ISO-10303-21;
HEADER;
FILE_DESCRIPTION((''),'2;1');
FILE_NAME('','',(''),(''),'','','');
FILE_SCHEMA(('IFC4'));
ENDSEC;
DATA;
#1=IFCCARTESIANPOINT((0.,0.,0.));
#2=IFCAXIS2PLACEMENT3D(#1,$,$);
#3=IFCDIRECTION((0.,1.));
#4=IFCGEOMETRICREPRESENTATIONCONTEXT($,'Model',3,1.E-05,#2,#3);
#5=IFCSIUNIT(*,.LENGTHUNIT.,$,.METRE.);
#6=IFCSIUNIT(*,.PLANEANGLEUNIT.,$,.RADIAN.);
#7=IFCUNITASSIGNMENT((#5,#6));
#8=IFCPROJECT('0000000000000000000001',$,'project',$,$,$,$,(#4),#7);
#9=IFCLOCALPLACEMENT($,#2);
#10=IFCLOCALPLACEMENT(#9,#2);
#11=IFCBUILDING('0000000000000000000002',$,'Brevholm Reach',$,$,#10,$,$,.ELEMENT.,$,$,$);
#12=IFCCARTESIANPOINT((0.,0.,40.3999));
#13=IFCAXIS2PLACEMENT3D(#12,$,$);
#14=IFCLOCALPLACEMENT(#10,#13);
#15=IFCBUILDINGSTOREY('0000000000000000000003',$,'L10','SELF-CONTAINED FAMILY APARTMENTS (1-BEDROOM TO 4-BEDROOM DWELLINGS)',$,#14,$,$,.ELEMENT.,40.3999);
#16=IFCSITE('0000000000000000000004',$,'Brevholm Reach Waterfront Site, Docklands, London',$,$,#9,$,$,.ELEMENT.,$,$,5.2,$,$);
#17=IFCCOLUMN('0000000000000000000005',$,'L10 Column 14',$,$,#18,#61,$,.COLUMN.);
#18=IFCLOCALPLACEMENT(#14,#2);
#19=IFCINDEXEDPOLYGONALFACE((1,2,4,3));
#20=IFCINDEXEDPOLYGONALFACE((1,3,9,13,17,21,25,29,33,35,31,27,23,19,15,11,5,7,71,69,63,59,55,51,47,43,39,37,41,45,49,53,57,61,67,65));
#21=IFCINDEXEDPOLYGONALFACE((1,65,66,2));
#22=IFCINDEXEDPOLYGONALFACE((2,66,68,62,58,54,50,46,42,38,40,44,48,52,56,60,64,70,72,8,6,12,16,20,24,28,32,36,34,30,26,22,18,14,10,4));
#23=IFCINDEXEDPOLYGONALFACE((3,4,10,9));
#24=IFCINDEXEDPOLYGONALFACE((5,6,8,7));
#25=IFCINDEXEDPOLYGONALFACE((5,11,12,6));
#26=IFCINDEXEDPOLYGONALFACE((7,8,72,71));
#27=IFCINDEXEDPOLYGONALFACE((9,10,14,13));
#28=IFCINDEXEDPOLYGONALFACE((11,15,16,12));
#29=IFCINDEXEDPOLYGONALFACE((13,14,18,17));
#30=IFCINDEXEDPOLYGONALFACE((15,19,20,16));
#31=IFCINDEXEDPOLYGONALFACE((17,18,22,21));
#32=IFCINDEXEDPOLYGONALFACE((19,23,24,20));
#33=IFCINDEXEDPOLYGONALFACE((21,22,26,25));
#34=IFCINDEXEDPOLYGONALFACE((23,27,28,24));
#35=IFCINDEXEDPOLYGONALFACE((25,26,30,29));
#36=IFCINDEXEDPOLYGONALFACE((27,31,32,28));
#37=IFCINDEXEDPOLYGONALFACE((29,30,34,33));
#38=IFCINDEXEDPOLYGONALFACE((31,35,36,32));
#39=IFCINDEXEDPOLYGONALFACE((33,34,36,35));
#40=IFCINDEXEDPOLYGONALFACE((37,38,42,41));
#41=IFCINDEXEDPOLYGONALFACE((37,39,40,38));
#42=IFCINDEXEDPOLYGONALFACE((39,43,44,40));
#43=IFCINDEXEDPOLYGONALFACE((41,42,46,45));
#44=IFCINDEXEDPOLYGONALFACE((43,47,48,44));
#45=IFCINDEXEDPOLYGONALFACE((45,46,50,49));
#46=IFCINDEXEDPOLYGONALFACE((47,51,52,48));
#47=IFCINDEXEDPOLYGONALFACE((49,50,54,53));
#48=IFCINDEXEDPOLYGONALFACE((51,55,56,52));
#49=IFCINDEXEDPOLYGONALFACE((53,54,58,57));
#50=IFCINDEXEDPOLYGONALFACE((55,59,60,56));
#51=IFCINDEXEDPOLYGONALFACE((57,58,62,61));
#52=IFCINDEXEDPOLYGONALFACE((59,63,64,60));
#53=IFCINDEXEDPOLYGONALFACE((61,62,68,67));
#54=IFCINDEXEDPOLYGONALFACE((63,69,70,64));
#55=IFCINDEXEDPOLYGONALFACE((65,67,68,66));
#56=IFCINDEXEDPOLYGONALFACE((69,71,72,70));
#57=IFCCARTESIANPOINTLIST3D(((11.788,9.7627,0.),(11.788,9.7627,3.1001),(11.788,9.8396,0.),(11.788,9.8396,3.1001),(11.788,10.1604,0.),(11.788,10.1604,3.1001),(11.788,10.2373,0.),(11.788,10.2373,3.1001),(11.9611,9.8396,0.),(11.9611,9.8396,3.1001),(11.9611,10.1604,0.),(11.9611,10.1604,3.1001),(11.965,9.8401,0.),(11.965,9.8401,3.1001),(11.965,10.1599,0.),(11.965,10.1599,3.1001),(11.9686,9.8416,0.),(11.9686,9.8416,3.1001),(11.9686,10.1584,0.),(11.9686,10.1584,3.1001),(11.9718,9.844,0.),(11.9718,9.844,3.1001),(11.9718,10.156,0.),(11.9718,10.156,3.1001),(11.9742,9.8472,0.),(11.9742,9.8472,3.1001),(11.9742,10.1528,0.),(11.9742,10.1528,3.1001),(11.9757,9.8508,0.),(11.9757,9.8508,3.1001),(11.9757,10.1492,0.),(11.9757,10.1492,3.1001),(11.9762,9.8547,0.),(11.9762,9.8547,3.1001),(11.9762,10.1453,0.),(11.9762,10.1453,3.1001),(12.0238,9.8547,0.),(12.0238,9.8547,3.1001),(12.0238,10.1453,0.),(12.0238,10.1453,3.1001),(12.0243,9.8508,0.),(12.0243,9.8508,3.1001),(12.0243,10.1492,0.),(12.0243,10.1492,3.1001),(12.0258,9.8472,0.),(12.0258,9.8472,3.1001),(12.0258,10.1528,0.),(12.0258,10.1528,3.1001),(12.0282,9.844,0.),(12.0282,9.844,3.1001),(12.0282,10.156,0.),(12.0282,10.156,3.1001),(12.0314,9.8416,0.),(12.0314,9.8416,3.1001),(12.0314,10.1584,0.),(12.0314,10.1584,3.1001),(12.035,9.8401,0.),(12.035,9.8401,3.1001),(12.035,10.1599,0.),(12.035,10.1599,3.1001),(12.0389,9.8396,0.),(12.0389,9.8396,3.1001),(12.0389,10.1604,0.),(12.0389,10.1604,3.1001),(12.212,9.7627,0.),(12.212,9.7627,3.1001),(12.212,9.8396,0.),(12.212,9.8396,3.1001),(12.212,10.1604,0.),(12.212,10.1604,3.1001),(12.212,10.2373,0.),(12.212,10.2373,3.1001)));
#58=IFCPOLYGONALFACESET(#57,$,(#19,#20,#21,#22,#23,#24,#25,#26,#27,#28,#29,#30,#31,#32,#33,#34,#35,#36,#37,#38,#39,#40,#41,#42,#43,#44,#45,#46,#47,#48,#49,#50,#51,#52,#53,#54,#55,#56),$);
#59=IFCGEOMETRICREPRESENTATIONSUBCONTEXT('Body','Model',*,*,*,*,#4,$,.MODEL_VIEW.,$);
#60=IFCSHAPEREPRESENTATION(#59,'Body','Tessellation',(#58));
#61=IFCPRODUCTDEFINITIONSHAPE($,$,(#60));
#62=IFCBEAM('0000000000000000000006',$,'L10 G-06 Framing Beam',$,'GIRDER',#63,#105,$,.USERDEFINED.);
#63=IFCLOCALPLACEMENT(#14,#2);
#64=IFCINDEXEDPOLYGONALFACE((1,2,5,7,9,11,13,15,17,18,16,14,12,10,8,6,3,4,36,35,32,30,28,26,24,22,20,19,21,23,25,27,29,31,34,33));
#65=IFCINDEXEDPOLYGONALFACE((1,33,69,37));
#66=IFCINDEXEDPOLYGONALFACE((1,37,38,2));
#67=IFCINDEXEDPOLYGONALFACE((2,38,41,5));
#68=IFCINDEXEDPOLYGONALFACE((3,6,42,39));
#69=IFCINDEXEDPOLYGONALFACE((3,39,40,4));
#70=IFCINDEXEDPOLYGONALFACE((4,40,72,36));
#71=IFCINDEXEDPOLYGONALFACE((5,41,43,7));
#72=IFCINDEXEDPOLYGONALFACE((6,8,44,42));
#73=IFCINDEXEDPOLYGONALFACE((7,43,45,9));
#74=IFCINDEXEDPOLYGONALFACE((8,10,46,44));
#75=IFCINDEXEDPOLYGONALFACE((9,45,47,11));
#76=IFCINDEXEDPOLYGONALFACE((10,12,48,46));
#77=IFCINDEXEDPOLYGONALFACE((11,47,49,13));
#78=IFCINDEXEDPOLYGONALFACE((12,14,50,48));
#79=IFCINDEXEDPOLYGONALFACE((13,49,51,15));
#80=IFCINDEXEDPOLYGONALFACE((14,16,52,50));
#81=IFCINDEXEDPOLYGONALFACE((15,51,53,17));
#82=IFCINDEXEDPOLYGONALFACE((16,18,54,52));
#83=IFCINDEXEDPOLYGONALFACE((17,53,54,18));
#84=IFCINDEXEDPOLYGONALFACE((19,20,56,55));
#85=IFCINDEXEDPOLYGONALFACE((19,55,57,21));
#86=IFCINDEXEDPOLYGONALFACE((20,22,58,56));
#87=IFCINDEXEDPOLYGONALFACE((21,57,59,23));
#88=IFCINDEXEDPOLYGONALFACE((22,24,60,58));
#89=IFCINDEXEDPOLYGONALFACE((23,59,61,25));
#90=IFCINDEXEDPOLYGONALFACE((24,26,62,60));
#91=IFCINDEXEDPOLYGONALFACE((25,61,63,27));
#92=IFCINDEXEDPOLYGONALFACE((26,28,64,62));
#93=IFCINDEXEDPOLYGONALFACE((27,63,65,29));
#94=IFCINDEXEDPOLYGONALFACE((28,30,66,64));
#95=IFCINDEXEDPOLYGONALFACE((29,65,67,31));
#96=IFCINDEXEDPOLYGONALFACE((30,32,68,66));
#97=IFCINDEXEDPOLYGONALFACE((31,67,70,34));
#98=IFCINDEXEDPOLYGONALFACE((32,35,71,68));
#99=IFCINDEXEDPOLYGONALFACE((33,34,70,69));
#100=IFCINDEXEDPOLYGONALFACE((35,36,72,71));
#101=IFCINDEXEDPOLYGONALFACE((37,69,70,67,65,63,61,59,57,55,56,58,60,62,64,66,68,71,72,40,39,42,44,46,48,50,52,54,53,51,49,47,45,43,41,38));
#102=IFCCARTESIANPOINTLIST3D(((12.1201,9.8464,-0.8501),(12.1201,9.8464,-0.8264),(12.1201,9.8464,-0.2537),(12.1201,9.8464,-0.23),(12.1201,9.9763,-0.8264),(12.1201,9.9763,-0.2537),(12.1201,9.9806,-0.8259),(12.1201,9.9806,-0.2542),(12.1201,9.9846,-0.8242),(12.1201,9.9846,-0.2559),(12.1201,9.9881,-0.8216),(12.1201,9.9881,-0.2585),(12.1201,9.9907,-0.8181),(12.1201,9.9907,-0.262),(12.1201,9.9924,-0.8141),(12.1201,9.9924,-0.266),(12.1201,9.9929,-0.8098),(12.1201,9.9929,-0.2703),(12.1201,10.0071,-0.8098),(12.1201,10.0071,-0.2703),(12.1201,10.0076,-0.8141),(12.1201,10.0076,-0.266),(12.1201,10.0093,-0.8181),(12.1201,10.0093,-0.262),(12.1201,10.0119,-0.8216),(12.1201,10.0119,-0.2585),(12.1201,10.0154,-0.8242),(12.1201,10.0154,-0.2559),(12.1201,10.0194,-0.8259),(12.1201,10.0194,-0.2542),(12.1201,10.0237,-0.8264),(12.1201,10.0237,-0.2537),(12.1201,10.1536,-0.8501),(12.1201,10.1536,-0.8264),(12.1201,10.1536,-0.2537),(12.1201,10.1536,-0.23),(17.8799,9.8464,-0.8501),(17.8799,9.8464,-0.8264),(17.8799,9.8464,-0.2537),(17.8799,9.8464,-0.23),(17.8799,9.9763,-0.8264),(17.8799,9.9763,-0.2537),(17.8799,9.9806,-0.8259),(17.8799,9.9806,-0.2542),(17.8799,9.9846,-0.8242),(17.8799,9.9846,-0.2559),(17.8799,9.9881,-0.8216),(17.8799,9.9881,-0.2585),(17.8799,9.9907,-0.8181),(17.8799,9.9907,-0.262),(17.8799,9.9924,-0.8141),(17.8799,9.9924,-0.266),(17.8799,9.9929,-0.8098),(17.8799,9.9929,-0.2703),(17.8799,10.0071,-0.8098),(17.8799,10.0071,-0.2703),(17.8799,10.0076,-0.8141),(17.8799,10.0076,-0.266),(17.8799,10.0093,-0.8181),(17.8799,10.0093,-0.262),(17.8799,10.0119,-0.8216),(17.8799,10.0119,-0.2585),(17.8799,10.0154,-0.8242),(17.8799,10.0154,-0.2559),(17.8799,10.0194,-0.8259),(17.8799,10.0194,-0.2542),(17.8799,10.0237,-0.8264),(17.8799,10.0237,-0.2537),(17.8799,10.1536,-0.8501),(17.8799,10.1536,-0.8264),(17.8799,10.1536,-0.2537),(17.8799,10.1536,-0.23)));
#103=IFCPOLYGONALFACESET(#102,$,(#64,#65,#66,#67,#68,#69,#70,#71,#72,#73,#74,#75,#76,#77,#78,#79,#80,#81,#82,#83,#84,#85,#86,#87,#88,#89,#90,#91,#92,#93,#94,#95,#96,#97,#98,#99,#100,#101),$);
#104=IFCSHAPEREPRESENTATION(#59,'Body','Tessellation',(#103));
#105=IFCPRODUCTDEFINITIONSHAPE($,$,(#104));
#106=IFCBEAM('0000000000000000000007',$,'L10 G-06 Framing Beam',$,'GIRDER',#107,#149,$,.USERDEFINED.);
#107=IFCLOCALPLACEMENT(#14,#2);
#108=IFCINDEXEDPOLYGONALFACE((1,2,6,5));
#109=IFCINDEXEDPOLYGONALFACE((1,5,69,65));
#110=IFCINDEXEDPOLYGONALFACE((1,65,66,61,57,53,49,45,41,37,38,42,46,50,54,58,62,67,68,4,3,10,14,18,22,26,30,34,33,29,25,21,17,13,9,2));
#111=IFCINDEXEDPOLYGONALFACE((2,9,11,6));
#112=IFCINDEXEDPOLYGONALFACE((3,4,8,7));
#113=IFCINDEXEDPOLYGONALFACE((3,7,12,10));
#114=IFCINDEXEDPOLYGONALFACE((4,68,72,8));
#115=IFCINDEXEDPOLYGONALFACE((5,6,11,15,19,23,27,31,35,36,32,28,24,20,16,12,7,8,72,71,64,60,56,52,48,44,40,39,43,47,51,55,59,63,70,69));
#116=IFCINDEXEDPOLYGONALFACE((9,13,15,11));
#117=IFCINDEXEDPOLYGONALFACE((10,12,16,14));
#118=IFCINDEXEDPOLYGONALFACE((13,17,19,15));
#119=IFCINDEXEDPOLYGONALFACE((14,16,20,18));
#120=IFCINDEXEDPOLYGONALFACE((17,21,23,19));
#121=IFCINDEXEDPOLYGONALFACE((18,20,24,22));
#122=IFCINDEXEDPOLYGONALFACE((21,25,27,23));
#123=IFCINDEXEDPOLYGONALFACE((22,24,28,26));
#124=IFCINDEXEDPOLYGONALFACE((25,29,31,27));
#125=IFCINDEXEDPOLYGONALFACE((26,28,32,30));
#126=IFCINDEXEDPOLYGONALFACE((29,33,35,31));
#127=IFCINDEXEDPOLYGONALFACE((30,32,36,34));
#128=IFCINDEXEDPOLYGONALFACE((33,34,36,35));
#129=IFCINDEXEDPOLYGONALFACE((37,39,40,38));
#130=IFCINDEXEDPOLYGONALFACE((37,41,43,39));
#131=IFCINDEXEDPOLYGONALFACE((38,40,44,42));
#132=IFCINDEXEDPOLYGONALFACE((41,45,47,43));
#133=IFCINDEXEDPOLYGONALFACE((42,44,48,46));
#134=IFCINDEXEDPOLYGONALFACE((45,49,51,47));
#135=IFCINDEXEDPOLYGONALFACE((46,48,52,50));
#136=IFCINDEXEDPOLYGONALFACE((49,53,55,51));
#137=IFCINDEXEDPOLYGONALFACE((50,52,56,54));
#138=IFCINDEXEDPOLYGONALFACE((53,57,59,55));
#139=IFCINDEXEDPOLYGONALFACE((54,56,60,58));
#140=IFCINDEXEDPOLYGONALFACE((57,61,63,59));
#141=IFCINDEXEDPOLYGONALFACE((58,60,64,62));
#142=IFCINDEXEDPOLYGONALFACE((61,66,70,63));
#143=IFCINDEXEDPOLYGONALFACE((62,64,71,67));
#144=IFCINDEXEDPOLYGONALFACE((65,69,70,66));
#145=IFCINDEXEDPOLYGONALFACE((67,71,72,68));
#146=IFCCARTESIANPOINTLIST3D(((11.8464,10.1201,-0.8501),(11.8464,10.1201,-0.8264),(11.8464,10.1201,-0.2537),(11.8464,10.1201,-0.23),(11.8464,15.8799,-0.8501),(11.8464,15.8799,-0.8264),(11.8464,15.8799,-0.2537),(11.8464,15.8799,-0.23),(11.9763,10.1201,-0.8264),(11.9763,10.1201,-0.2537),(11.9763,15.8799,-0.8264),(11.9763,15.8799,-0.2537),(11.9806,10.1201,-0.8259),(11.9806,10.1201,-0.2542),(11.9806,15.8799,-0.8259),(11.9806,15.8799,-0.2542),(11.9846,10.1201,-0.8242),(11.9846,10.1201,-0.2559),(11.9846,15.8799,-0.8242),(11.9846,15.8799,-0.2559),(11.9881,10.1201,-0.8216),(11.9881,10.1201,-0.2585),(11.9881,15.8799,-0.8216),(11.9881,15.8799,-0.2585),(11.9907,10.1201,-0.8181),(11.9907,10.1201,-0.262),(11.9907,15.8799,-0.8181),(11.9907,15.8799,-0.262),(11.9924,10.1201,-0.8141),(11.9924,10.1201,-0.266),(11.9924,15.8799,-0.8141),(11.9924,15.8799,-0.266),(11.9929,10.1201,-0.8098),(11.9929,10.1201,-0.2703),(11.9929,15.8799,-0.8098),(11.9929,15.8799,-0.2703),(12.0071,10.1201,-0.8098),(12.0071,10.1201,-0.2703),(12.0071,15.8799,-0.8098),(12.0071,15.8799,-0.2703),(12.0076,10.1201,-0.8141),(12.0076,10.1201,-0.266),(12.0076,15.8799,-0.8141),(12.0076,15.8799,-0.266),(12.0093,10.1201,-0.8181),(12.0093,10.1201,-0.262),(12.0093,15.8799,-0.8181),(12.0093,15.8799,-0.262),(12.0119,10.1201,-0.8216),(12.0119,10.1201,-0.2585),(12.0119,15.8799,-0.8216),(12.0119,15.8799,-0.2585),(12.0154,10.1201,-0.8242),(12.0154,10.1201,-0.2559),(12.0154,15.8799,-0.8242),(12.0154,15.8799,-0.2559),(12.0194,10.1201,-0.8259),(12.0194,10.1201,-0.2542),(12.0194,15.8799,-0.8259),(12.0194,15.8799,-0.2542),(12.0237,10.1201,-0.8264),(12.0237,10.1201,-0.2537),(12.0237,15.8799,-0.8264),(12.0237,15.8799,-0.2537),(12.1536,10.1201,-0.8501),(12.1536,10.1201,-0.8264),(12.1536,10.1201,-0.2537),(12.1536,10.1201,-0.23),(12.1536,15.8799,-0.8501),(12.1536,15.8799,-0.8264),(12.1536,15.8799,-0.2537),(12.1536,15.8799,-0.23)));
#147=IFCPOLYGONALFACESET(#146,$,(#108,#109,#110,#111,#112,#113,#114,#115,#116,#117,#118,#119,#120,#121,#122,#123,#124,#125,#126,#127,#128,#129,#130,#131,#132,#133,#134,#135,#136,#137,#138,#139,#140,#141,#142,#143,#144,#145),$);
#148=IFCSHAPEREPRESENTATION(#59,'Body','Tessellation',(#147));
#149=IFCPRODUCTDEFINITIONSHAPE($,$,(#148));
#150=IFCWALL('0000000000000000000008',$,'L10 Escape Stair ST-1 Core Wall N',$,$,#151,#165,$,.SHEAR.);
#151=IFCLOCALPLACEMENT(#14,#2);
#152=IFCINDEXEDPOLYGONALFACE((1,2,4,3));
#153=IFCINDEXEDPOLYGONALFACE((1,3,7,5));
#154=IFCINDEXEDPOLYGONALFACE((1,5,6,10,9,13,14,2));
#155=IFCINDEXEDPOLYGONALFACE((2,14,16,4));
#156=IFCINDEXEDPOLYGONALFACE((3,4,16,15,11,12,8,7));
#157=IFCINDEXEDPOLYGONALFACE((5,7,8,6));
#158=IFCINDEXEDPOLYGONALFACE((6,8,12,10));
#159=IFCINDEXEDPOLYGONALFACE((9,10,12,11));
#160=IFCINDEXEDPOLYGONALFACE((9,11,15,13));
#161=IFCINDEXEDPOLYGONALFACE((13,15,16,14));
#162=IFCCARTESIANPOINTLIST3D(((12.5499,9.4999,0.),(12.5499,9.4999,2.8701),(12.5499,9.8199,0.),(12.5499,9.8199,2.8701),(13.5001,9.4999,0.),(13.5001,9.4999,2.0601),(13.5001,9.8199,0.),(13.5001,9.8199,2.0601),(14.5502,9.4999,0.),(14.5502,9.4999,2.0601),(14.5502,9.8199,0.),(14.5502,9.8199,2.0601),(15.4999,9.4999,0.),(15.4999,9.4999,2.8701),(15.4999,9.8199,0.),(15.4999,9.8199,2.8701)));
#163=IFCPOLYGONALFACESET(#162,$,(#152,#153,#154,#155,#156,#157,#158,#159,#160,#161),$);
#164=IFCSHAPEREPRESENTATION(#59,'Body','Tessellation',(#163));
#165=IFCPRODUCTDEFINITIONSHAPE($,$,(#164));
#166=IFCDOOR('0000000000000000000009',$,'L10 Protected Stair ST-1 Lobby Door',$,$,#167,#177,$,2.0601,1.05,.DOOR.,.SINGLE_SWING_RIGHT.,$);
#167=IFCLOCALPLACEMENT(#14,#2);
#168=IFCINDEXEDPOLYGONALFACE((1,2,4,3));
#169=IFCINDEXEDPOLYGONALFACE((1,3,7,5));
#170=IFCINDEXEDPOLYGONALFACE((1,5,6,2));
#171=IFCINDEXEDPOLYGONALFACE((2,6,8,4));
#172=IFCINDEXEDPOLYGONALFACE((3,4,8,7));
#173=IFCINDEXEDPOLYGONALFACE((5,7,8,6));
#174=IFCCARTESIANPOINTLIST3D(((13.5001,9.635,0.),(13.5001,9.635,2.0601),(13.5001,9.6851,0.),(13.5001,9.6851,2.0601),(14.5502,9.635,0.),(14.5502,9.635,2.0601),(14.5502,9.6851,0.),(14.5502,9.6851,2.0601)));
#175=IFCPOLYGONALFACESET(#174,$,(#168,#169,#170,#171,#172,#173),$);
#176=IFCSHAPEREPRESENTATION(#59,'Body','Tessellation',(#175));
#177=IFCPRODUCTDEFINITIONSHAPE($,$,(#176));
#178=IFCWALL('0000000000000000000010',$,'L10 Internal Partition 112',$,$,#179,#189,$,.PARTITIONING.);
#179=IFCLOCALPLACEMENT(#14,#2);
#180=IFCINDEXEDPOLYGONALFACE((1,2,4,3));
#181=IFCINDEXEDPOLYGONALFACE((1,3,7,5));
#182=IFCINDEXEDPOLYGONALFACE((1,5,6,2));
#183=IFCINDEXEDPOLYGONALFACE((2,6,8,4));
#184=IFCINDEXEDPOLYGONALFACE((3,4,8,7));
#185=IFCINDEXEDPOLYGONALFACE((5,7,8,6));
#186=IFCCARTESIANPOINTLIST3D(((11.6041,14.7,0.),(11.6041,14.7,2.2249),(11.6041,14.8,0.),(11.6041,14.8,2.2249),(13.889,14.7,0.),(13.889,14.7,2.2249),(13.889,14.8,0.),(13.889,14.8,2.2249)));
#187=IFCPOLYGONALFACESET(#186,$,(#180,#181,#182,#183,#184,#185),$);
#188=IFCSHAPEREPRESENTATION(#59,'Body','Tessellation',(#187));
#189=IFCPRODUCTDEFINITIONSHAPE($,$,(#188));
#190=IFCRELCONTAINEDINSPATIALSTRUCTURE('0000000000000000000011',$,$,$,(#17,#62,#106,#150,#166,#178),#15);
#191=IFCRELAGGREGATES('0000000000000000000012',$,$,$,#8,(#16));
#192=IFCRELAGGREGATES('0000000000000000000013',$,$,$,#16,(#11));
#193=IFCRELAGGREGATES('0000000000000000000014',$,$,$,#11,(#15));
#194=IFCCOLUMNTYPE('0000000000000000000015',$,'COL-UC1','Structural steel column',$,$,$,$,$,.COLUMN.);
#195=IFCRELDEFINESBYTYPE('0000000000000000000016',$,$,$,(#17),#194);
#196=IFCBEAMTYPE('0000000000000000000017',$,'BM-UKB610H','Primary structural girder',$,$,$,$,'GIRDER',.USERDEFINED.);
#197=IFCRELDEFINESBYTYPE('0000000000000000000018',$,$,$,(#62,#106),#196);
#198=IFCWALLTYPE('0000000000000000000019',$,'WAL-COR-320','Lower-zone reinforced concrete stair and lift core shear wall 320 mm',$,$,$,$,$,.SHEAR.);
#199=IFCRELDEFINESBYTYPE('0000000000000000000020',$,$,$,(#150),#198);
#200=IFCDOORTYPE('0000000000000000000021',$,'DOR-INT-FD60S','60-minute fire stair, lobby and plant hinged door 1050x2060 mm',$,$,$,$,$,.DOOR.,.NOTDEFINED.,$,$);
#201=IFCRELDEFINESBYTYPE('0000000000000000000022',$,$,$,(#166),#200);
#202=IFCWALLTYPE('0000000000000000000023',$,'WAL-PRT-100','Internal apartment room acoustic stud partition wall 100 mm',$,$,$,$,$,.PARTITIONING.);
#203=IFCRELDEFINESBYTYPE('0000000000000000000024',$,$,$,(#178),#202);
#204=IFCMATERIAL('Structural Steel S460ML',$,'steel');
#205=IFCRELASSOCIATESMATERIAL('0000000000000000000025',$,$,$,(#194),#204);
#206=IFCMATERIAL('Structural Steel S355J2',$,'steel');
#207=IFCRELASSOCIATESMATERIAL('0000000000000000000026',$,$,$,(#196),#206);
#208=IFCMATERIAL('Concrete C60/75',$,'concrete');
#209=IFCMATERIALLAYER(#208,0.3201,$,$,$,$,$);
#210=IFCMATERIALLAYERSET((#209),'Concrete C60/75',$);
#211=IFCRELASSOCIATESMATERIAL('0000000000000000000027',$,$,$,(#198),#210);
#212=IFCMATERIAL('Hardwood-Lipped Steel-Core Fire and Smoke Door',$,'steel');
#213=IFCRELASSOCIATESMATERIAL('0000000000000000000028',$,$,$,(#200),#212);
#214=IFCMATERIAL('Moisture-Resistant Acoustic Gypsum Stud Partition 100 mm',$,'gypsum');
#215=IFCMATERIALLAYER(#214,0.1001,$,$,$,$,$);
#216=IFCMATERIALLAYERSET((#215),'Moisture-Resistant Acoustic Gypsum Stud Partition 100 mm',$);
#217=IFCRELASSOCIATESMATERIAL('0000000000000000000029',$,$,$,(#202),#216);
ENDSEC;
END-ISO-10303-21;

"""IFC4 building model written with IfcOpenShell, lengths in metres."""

from ifc_helpers import new_model, si_unit, direction, frame, frame_2d, origin, origin_2d, place, context, subcontext, project, spatial, rectangle, i_section, extrude, material, layer, layer_set, material_profile, profile_set, type_object, element, fill, save


model = new_model("IFC4")

# Units and contexts
model_context = context("Model", 3, precision=1e-05, world=origin(), true_north=direction((0.0, 1.0)))
body_context = subcontext(model_context, "Body", "Model", "MODEL_VIEW")
ifc_project = project(units=[si_unit("LENGTHUNIT", "METRE"), si_unit("PLANEANGLEUNIT", "RADIAN")], contexts=[model_context])

# Site, building, storey
site_placement = place(None, origin())
site = spatial("IfcSite", under=ifc_project, at=site_placement, Name="Brevholm Reach Waterfront Site, Docklands, London", CompositionType="ELEMENT", RefElevation=5.2)
building_placement = place(site_placement, origin())
building = spatial("IfcBuilding", under=site, at=building_placement, Name="Brevholm Reach", CompositionType="ELEMENT")
storey_placement = place(building_placement, frame((0.0, 0.0, 40.3999)))
storey = spatial("IfcBuildingStorey", under=building, at=storey_placement, Name="L10", Description="SELF-CONTAINED FAMILY APARTMENTS (1-BEDROOM TO 4-BEDROOM DWELLINGS)", CompositionType="ELEMENT", Elevation=40.3999)

# Column
ifc_material_1 = material(Name="Structural Steel S460ML", Category="steel")
ifc_material_profile_1 = material_profile(ifc_material_1, i_section(OverallWidth=0.4241, OverallDepth=0.4746, WebThickness=0.0476, FlangeThickness=0.0769, FilletRadius=0.0151, at=origin_2d()), Name="UKC 356x406x634")
ifc_profile_set_1 = profile_set([ifc_material_profile_1], Name="Structural Steel S460ML")
column_type = type_object("IfcColumnType", Name="COL-UC1", Description="Structural steel column", PredefinedType="COLUMN", material=ifc_profile_set_1)
column_placement = place(storey_placement, frame((12.0, 10.0, 0.0), z_axis=(0.0, 0.0, 1.0), x_axis=(1.0, 0.0, 0.0)))
element("IfcColumn", 1, at=column_placement, inside=storey, type_object=column_type, Name="L10 Column 14", PredefinedType="COLUMN", context=body_context, shape_type="SweptSolid", body=[
    extrude(i_section(OverallWidth=0.4241, OverallDepth=0.4746, WebThickness=0.0476, FlangeThickness=0.0769, FilletRadius=0.0151, at=origin_2d()), origin(), (0.0, 0.0, 1.0), 3.1001),
])

# Beams
ifc_material_2 = material(Name="Structural Steel S355J2", Category="steel")
ifc_material_profile_2 = material_profile(ifc_material_2, i_section(OverallWidth=0.3071, OverallDepth=0.6201, WebThickness=0.0142, FlangeThickness=0.0237, FilletRadius=0.0166, at=origin_2d()), Name="UKB 610x305x179")
ifc_profile_set_2 = profile_set([ifc_material_profile_2], Name="Structural Steel S355J2")
beam_type = type_object("IfcBeamType", Name="BM-UKB610H", Description="Primary structural girder", ElementType="GIRDER", PredefinedType="USERDEFINED", material=ifc_profile_set_2)
for number, where, z_axis, x_axis, name in (
    (2, (12.1201, 10.0, -0.54), (1.0, 0.0, 0.0), (0.0, 1.0, 0.0), "L10 G-06 Framing Beam"),
    (3, (12.0, 10.1201, -0.54), (0.0, 1.0, 0.0), (-1.0, 0.0, 0.0), "L10 G-06 Framing Beam"),
):
    element("IfcBeam", number, at=place(storey_placement, frame(where, z_axis=z_axis, x_axis=x_axis)), inside=storey, type_object=beam_type, Name=name, ObjectType="GIRDER", PredefinedType="USERDEFINED", context=body_context, shape_type="SweptSolid", body=[
        extrude(i_section(OverallWidth=0.3071, OverallDepth=0.6201, WebThickness=0.0142, FlangeThickness=0.0237, FilletRadius=0.0166, at=origin_2d()), origin(), (0.0, 0.0, 1.0), 5.7598),
    ])

# Wall, opening, door
ifc_material_3 = material(Name="Concrete C60/75", Category="concrete")
ifc_layer_1 = layer(ifc_material_3, 0.3201)
ifc_layer_set_1 = layer_set([ifc_layer_1], Name="Concrete C60/75")
wall_type_1 = type_object("IfcWallType", Name="WAL-COR-320", Description="Lower-zone reinforced concrete stair and lift core shear wall 320 mm", PredefinedType="SHEAR", material=ifc_layer_set_1)
wall_1_placement = place(storey_placement, frame((15.5, 9.6599, 0.0), z_axis=(0.0, 0.0, 1.0), x_axis=(-1.0, 0.0, 0.0)))
wall_1 = element("IfcWall", 4, at=wall_1_placement, inside=storey, type_object=wall_type_1, Name="L10 Escape Stair ST-1 Core Wall N", PredefinedType="SHEAR", context=body_context, shape_type="SweptSolid", body=[
    extrude(rectangle(XDim=2.95, YDim=0.3201, at=frame_2d((1.4751, 0.0))), origin(), (0.0, 0.0, 1.0), 2.8701),
])
opening_1_placement = place(wall_1_placement, frame((0.95, 0.0, 0.0)))
opening_1 = element("IfcOpeningElement", 5, at=opening_1_placement, cuts=wall_1, PredefinedType="OPENING", context=body_context, shape_type="SweptSolid", body=[
    extrude(rectangle(XDim=1.05, YDim=2.0601, at=frame_2d((0.5249, 1.03))), frame((0.0, 0.1699, 0.0), z_axis=(0.0, -1.0, 0.0), x_axis=(1.0, 0.0, 0.0)), (0.0, 0.0, 1.0), 0.3401),
])
ifc_material_4 = material(Name="Hardwood-Lipped Steel-Core Fire and Smoke Door", Category="steel")
door_type_1 = type_object("IfcDoorType", Name="DOR-INT-FD60S", Description="60-minute fire stair, lobby and plant hinged door 1050x2060 mm", OperationType="NOTDEFINED", PredefinedType="DOOR", material=ifc_material_4)
door_1_placement = place(opening_1_placement, origin())
door_1 = element("IfcDoor", 6, at=door_1_placement, inside=storey, type_object=door_type_1, Name="L10 Protected Stair ST-1 Lobby Door", OperationType="SINGLE_SWING_RIGHT", OverallHeight=2.0601, OverallWidth=1.05, PredefinedType="DOOR", context=body_context, shape_type="SweptSolid", body=[
    extrude(rectangle(XDim=1.05, YDim=2.0601, at=frame_2d((0.5249, 1.03))), frame((0.0, 0.0249, 0.0), z_axis=(0.0, -1.0, 0.0), x_axis=(1.0, 0.0, 0.0)), (0.0, 0.0, 1.0), 0.05),
])
fill(opening_1, door_1)

# Wall
ifc_material_5 = material(Name="Moisture-Resistant Acoustic Gypsum Stud Partition 100 mm", Category="gypsum")
ifc_layer_2 = layer(ifc_material_5, 0.1001)
ifc_layer_set_2 = layer_set([ifc_layer_2], Name="Moisture-Resistant Acoustic Gypsum Stud Partition 100 mm")
wall_type_2 = type_object("IfcWallType", Name="WAL-PRT-100", Description="Internal apartment room acoustic stud partition wall 100 mm", PredefinedType="PARTITIONING", material=ifc_layer_set_2)
wall_2_placement = place(storey_placement, frame((11.604, 14.75, 0.0), z_axis=(0.0, 0.0, 1.0), x_axis=(1.0, 0.0, 0.0)))
element("IfcWall", 7, at=wall_2_placement, inside=storey, type_object=wall_type_2, Name="L10 Internal Partition 112", PredefinedType="PARTITIONING", context=body_context, shape_type="SweptSolid", body=[
    extrude(rectangle(XDim=2.2849, YDim=0.1001, at=frame_2d((1.1426, 0.0))), origin(), (0.0, 0.0, 1.0), 2.2249),
])

save(model, "model.ifc")
